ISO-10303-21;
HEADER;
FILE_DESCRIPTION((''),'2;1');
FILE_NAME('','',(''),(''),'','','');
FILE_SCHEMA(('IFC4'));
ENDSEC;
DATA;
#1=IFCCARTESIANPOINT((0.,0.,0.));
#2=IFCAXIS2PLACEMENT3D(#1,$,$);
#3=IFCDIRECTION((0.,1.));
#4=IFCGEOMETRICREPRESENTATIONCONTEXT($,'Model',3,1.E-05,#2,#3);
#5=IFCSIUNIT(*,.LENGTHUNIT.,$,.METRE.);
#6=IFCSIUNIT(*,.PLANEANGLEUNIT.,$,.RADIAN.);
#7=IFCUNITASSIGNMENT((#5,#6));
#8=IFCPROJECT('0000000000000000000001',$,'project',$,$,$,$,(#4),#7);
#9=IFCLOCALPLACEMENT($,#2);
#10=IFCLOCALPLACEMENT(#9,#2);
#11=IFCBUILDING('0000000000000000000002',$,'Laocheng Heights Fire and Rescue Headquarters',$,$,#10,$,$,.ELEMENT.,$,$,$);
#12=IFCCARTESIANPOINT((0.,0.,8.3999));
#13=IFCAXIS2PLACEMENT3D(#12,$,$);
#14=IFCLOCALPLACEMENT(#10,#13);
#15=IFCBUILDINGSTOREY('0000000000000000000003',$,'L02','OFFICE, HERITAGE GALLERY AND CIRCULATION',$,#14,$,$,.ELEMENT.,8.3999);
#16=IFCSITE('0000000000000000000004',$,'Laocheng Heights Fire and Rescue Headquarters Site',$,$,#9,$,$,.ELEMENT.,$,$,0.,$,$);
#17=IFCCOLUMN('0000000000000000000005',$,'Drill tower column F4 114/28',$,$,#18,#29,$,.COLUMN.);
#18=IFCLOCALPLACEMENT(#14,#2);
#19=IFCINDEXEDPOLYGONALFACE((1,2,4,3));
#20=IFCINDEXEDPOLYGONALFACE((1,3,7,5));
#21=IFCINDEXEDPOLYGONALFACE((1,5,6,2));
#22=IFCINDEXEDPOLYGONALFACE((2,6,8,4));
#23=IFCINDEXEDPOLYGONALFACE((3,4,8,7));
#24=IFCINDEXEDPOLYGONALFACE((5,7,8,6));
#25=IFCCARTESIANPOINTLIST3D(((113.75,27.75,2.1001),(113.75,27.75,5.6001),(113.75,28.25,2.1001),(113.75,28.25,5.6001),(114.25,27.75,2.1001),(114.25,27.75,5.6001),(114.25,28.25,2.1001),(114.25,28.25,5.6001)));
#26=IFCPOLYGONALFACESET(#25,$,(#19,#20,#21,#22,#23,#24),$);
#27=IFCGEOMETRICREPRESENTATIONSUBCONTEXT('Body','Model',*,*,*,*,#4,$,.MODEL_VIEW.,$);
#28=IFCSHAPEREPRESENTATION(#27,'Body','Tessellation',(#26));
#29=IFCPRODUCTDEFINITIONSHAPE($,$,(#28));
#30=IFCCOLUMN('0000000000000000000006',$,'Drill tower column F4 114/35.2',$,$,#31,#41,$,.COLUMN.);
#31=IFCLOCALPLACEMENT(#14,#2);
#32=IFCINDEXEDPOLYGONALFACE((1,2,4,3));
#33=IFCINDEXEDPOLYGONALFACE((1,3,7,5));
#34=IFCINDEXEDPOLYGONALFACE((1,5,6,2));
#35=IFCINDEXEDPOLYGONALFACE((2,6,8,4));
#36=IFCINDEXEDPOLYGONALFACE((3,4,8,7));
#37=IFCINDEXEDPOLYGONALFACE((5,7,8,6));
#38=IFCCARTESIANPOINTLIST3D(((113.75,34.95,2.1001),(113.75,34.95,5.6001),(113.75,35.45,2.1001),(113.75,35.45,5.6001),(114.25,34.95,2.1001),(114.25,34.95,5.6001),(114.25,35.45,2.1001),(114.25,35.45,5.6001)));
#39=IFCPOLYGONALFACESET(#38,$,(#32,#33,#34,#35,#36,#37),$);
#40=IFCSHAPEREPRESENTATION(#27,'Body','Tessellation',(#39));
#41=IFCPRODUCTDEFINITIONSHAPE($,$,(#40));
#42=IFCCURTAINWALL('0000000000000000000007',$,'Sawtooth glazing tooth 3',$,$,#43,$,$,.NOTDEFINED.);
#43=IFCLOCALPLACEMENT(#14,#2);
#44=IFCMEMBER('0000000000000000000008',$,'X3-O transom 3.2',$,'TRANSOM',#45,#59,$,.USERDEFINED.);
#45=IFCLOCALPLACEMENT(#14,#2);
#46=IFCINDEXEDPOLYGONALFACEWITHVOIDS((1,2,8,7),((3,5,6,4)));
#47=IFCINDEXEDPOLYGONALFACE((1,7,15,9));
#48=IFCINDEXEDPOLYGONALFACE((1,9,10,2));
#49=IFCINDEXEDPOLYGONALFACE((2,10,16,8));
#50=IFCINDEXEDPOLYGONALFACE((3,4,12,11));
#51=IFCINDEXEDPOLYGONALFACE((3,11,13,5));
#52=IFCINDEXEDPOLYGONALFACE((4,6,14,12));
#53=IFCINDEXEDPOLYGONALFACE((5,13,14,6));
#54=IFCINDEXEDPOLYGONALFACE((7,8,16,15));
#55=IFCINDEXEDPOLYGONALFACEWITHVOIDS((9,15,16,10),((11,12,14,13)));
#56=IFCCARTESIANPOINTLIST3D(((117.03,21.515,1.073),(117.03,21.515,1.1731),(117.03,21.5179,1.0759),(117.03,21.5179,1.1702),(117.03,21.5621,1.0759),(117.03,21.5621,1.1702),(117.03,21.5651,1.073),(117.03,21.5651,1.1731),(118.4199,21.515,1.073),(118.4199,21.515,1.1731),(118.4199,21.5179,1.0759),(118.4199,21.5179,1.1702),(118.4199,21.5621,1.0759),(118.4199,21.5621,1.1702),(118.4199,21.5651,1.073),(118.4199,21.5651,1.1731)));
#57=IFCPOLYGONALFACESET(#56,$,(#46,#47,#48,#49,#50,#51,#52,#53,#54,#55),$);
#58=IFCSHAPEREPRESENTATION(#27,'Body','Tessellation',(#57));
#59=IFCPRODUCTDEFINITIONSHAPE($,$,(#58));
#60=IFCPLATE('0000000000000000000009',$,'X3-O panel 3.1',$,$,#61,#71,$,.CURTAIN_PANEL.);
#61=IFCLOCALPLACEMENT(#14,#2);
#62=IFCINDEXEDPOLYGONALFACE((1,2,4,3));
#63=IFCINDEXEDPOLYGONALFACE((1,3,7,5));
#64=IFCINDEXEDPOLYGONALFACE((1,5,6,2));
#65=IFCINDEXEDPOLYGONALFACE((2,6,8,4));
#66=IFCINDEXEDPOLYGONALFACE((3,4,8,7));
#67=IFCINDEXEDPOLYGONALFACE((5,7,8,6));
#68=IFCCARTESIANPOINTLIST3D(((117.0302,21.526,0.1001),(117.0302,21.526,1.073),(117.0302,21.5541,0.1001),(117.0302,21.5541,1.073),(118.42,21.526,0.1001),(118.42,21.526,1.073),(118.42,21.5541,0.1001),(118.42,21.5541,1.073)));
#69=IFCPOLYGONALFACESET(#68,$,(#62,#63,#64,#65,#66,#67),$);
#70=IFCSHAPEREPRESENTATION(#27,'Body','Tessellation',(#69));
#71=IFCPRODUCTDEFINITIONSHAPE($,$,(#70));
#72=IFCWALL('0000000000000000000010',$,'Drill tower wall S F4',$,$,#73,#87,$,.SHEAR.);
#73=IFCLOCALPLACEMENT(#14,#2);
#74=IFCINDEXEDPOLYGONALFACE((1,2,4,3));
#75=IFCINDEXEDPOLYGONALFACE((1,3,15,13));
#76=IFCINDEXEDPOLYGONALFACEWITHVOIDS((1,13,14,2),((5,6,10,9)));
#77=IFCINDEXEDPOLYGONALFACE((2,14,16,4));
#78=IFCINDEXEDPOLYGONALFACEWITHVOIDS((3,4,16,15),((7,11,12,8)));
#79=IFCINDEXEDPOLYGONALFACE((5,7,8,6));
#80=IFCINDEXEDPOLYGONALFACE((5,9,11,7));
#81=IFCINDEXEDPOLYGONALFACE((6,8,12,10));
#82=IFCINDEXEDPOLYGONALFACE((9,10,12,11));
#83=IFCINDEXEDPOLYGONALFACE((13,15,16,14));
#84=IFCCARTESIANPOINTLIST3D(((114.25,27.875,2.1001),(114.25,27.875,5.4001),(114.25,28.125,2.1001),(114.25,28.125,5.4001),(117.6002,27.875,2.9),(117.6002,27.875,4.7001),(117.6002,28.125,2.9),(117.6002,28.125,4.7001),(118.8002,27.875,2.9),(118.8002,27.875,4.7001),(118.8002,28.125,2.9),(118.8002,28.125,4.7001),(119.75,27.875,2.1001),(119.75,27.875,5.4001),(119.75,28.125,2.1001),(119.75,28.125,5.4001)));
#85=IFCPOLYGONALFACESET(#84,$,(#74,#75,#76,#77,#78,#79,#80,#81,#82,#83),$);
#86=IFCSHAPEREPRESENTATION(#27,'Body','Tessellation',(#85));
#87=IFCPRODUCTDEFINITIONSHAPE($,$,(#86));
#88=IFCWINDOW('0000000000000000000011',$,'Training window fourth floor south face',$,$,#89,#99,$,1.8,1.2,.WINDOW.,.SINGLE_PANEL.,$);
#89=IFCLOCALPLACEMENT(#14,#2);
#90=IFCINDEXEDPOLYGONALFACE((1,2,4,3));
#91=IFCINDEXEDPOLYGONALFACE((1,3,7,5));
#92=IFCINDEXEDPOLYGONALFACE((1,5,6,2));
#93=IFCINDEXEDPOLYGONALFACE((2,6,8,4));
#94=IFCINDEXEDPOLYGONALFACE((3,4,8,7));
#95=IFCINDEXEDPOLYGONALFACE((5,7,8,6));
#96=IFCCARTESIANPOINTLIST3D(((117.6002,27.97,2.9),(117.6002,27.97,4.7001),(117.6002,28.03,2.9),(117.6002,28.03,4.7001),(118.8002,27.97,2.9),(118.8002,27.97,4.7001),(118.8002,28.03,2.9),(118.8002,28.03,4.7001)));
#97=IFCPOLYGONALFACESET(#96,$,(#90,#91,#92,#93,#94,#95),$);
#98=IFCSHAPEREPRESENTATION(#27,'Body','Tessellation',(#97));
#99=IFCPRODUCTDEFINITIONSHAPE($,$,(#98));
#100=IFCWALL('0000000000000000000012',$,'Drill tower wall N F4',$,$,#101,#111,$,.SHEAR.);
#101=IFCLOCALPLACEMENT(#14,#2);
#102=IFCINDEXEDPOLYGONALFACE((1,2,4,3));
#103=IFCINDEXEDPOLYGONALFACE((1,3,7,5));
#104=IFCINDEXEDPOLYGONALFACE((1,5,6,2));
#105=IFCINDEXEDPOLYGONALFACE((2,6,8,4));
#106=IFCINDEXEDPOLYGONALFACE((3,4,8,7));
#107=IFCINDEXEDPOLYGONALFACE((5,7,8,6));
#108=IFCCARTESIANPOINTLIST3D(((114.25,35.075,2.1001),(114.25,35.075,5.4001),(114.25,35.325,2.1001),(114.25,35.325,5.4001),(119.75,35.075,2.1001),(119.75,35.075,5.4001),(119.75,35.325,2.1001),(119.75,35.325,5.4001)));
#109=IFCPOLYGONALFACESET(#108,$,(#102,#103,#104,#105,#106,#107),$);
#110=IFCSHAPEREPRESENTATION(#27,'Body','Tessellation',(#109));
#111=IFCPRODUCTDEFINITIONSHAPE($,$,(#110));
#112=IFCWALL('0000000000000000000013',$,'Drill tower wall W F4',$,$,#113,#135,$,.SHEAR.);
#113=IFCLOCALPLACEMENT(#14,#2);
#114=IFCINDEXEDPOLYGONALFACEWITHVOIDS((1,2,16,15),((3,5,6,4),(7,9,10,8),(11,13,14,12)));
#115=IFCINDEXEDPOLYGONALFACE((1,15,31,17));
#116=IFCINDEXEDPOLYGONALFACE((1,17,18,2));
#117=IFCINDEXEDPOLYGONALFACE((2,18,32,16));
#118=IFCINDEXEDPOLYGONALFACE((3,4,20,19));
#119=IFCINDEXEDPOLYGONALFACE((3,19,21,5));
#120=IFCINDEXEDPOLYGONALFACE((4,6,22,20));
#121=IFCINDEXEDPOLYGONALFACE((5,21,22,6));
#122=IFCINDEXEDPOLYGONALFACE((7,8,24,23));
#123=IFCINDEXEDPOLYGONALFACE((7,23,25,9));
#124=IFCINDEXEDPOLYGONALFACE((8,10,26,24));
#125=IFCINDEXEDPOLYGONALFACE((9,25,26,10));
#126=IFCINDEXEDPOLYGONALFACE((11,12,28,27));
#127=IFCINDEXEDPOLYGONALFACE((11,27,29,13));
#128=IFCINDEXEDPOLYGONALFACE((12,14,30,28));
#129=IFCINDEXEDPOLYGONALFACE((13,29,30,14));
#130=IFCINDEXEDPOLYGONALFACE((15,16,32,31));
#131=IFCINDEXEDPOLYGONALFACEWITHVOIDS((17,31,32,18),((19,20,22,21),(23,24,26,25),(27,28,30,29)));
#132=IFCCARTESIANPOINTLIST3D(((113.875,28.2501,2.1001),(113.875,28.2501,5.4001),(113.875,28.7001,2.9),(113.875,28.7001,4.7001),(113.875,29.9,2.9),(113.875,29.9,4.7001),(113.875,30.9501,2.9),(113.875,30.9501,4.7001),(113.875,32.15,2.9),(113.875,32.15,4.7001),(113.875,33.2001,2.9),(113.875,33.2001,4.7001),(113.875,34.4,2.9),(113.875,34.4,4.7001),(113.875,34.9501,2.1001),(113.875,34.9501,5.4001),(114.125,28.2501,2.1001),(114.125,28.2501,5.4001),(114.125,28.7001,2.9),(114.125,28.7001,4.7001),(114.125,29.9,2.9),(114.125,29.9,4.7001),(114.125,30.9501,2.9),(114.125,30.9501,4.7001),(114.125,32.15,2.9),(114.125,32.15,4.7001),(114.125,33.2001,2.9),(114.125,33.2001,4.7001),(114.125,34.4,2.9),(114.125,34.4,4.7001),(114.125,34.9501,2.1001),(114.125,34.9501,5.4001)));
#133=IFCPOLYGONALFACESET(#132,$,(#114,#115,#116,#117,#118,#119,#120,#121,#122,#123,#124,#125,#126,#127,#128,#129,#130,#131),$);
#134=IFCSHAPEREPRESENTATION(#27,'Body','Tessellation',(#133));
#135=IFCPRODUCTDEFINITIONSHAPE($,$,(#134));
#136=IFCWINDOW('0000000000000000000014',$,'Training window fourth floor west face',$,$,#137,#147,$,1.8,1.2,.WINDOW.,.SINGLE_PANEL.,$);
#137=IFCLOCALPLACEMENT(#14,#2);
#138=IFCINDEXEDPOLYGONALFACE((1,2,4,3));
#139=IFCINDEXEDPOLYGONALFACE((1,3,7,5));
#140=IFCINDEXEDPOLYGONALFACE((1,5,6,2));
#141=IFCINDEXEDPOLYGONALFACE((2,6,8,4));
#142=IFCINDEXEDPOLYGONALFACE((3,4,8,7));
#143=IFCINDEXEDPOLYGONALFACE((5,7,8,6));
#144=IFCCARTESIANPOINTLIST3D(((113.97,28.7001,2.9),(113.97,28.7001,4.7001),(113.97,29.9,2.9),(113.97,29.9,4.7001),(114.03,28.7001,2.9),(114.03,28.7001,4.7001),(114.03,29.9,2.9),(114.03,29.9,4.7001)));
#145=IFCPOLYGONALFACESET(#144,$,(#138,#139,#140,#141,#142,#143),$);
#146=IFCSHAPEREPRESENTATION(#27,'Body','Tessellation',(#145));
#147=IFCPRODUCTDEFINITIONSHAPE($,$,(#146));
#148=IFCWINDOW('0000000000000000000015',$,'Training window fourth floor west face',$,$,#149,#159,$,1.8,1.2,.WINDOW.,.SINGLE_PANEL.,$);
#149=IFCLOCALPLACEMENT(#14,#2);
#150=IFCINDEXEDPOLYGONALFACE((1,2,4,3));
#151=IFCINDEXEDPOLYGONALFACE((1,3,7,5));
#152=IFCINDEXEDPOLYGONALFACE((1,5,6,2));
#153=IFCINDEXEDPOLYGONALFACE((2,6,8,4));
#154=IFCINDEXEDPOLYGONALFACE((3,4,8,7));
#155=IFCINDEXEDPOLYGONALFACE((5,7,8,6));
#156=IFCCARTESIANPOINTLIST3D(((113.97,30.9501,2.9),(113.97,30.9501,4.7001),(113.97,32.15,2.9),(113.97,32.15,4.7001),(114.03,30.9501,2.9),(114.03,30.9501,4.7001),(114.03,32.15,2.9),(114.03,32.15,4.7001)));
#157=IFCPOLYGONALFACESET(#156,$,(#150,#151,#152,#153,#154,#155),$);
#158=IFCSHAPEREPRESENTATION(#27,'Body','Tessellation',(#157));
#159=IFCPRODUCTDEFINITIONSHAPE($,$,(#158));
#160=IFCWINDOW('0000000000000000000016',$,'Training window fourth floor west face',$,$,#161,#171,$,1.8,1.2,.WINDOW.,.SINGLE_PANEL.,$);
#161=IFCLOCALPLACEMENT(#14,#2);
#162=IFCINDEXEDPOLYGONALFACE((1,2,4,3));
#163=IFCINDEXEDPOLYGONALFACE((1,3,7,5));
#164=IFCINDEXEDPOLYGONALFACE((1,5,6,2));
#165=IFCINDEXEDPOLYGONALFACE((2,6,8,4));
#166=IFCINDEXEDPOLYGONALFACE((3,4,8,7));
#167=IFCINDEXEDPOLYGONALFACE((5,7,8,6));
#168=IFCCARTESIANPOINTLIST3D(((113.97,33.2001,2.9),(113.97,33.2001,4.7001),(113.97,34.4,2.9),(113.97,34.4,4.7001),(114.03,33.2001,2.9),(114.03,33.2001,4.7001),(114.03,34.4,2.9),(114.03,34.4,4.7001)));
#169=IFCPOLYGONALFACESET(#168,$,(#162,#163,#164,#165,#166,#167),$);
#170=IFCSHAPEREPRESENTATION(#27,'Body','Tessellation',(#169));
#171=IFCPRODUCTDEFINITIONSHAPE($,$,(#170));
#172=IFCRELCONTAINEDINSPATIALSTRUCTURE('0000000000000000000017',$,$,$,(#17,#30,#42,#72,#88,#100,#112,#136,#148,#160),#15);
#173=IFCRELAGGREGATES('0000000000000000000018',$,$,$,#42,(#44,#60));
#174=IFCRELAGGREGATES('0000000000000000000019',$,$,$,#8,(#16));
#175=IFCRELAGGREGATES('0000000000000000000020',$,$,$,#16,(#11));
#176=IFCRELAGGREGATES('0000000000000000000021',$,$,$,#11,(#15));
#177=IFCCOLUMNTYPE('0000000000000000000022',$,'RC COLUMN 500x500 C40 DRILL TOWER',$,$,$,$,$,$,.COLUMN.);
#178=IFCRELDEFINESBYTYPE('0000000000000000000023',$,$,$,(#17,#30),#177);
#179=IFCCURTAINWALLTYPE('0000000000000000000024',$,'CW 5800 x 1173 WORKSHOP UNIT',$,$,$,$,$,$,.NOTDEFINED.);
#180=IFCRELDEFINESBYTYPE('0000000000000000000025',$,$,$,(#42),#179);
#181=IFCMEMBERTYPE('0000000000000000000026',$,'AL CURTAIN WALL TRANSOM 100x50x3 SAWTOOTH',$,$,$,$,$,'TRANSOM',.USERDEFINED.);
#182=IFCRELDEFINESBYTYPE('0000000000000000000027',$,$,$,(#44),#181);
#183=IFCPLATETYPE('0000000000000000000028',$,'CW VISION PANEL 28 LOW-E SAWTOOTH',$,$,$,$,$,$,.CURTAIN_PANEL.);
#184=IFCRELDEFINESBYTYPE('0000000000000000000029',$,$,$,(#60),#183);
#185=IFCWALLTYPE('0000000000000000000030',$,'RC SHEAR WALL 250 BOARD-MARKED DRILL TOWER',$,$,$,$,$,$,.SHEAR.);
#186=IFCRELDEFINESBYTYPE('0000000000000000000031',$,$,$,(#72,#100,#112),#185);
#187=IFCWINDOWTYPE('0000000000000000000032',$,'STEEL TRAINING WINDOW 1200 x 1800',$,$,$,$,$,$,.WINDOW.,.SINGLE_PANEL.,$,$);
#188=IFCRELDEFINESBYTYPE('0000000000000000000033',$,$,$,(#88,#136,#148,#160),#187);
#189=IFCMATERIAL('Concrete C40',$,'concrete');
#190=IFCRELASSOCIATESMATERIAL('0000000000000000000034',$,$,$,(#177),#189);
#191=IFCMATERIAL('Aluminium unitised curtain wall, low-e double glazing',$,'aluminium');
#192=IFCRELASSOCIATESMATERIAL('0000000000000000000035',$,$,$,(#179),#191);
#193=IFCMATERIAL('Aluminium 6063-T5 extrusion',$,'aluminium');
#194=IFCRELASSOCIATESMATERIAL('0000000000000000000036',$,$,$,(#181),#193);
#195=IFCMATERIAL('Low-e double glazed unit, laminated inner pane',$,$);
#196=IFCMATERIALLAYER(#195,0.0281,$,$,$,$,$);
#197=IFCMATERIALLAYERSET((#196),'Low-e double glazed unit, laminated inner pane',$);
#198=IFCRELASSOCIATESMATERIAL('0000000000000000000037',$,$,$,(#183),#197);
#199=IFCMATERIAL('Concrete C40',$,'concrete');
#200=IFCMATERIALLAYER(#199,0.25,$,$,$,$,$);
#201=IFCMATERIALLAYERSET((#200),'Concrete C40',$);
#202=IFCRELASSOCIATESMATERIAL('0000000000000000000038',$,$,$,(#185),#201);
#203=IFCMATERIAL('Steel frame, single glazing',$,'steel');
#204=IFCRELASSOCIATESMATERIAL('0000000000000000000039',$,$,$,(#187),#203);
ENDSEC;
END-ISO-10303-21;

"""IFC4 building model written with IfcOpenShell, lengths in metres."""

from ifc_helpers import new_model, si_unit, direction, frame, frame_2d, origin, origin_2d, place, context, subcontext, project, spatial, rectangle, hollow_rectangle, extrude, material, layer, layer_set, material_profile, profile_set, type_object, element, fill, aggregate, save


model = new_model("IFC4")

# Units and contexts
model_context = context("Model", 3, precision=1e-05, world=origin(), true_north=direction((0.0, 1.0)))
body_context = subcontext(model_context, "Body", "Model", "MODEL_VIEW")
ifc_project = project(units=[si_unit("LENGTHUNIT", "METRE"), si_unit("PLANEANGLEUNIT", "RADIAN")], contexts=[model_context])

# Site, building, storey
site_placement = place(None, origin())
site = spatial("IfcSite", under=ifc_project, at=site_placement, Name="Laocheng Heights Fire and Rescue Headquarters Site", CompositionType="ELEMENT", RefElevation=0.0)
building_placement = place(site_placement, origin())
building = spatial("IfcBuilding", under=site, at=building_placement, Name="Laocheng Heights Fire and Rescue Headquarters", CompositionType="ELEMENT")
storey_placement = place(building_placement, frame((0.0, 0.0, 8.3999)))
storey = spatial("IfcBuildingStorey", under=building, at=storey_placement, Name="L02", Description="OFFICE, HERITAGE GALLERY AND CIRCULATION", CompositionType="ELEMENT", Elevation=8.3999)

# Columns
ifc_material_1 = material(Name="Concrete C40", Category="concrete")
ifc_material_profile_1 = material_profile(ifc_material_1, rectangle(XDim=0.5, YDim=0.5, at=origin_2d()), Name="RC COLUMN 500x500 C40 DRILL TOWER")
ifc_profile_set_1 = profile_set([ifc_material_profile_1], Name="Concrete C40")
column_type = type_object("IfcColumnType", Name="RC COLUMN 500x500 C40 DRILL TOWER", PredefinedType="COLUMN", material=ifc_profile_set_1)
for number, where, z_axis, x_axis, name in (
    (1, (114.0, 28.0, 2.1001), (0.0, 0.0, 1.0), (1.0, 0.0, 0.0), "Drill tower column F4 114/28"),
    (2, (114.0, 35.2, 2.1001), (0.0, 0.0, 1.0), (1.0, 0.0, 0.0), "Drill tower column F4 114/35.2"),
):
    element("IfcColumn", number, at=place(storey_placement, frame(where, z_axis=z_axis, x_axis=x_axis)), inside=storey, type_object=column_type, Name=name, PredefinedType="COLUMN", context=body_context, shape_type="SweptSolid", body=[
        extrude(rectangle(XDim=0.5, YDim=0.5, at=origin_2d()), origin(), (0.0, 0.0, 1.0), 3.5),
    ])

# Curtain wall, member, plate
ifc_material_2 = material(Name="Aluminium unitised curtain wall, low-e double glazing", Category="aluminium")
curtain_wall_type = type_object("IfcCurtainWallType", Name="CW 5800 x 1173 WORKSHOP UNIT", PredefinedType="NOTDEFINED", material=ifc_material_2)
curtain_wall_placement = place(storey_placement, origin())
curtain_wall = element("IfcCurtainWall", 3, at=curtain_wall_placement, inside=storey, type_object=curtain_wall_type, Name="Sawtooth glazing tooth 3", PredefinedType="NOTDEFINED")
ifc_material_3 = material(Name="Aluminium 6063-T5 extrusion", Category="aluminium")
ifc_material_profile_2 = material_profile(ifc_material_3, hollow_rectangle(XDim=0.05, YDim=0.1001, WallThickness=0.0029, at=origin_2d()), Name="AL TRANSOM 100x50x3")
ifc_profile_set_2 = profile_set([ifc_material_profile_2], Name="Aluminium 6063-T5 extrusion")
member_type = type_object("IfcMemberType", Name="AL CURTAIN WALL TRANSOM 100x50x3 SAWTOOTH", ElementType="TRANSOM", PredefinedType="USERDEFINED", material=ifc_profile_set_2)
member_placement = place(storey_placement, frame((117.03, 21.54, 1.123), z_axis=(1.0, 0.0, 0.0), x_axis=(0.0, 1.0, 0.0)))
member = element("IfcMember", 4, at=member_placement, type_object=member_type, Name="X3-O transom 3.2", ObjectType="TRANSOM", PredefinedType="USERDEFINED", context=body_context, shape_type="SweptSolid", body=[
    extrude(hollow_rectangle(XDim=0.05, YDim=0.1001, WallThickness=0.0029, at=origin_2d()), origin(), (0.0, 0.0, 1.0), 1.3899),
])
ifc_material_4 = material(Name="Low-e double glazed unit, laminated inner pane")
ifc_layer_1 = layer(ifc_material_4, 0.0281)
ifc_layer_set_1 = layer_set([ifc_layer_1], Name="Low-e double glazed unit, laminated inner pane")
plate_type = type_object("IfcPlateType", Name="CW VISION PANEL 28 LOW-E SAWTOOTH", PredefinedType="CURTAIN_PANEL", material=ifc_layer_set_1)
plate_placement = place(storey_placement, frame((117.7251, 21.54, 0.1001), z_axis=(0.0, 0.0, 1.0), x_axis=(1.0, 0.0, 0.0)))
plate = element("IfcPlate", 5, at=plate_placement, type_object=plate_type, Name="X3-O panel 3.1", PredefinedType="CURTAIN_PANEL", context=body_context, shape_type="SweptSolid", body=[
    extrude(rectangle(XDim=1.3899, YDim=0.0281, at=origin_2d()), origin(), (0.0, 0.0, 1.0), 0.9729),
])
aggregate(curtain_wall, [member, plate])

# Wall, opening, window
ifc_material_5 = material(Name="Concrete C40", Category="concrete")
ifc_layer_2 = layer(ifc_material_5, 0.25)
ifc_layer_set_2 = layer_set([ifc_layer_2], Name="Concrete C40")
wall_type_1 = type_object("IfcWallType", Name="RC SHEAR WALL 250 BOARD-MARKED DRILL TOWER", PredefinedType="SHEAR", material=ifc_layer_set_2)
wall_1_placement = place(storey_placement, frame((114.25, 28.0, 2.1001), z_axis=(0.0, 0.0, 1.0), x_axis=(1.0, 0.0, 0.0)))
wall_1 = element("IfcWall", 6, at=wall_1_placement, inside=storey, type_object=wall_type_1, Name="Drill tower wall S F4", PredefinedType="SHEAR", context=body_context, shape_type="SweptSolid", body=[
    extrude(rectangle(XDim=5.5, YDim=0.25, at=frame_2d((2.75, 0.0))), origin(), (0.0, 0.0, 1.0), 3.3),
])
opening_1_placement = place(wall_1_placement, frame((3.3501, 0.0, 0.8)))
opening_1 = element("IfcOpeningElement", 7, at=opening_1_placement, cuts=wall_1, PredefinedType="OPENING", context=body_context, shape_type="SweptSolid", body=[
    extrude(rectangle(XDim=1.2, YDim=1.8, at=frame_2d((0.6001, 0.8999))), frame((0.0, 0.135, 0.0), z_axis=(0.0, -1.0, 0.0), x_axis=(1.0, 0.0, 0.0)), (0.0, 0.0, 1.0), 0.27),
])
ifc_material_6 = material(Name="Steel frame, single glazing", Category="steel")
window_type = type_object("IfcWindowType", Name="STEEL TRAINING WINDOW 1200 x 1800", PartitioningType="SINGLE_PANEL", PredefinedType="WINDOW", material=ifc_material_6)
window_1_placement = place(opening_1_placement, origin())
window_1 = element("IfcWindow", 8, at=window_1_placement, inside=storey, type_object=window_type, Name="Training window fourth floor south face", OverallHeight=1.8, OverallWidth=1.2, PartitioningType="SINGLE_PANEL", PredefinedType="WINDOW", context=body_context, shape_type="SweptSolid", body=[
    extrude(rectangle(XDim=1.2, YDim=1.8, at=frame_2d((0.6001, 0.8999))), frame((0.0, 0.03, 0.0), z_axis=(0.0, -1.0, 0.0), x_axis=(1.0, 0.0, 0.0)), (0.0, 0.0, 1.0), 0.0601),
])
fill(opening_1, window_1)

# Wall
wall_2_placement = place(storey_placement, frame((114.25, 35.2, 2.1001), z_axis=(0.0, 0.0, 1.0), x_axis=(1.0, 0.0, 0.0)))
element("IfcWall", 9, at=wall_2_placement, inside=storey, type_object=wall_type_1, Name="Drill tower wall N F4", PredefinedType="SHEAR", context=body_context, shape_type="SweptSolid", body=[
    extrude(rectangle(XDim=5.5, YDim=0.25, at=frame_2d((2.75, 0.0))), origin(), (0.0, 0.0, 1.0), 3.3),
])

# Wall, openings, windows
wall_3_placement = place(storey_placement, frame((114.0, 28.25, 2.1001), z_axis=(0.0, 0.0, 1.0), x_axis=(0.0, 1.0, 0.0)))
wall_3 = element("IfcWall", 10, at=wall_3_placement, inside=storey, type_object=wall_type_1, Name="Drill tower wall W F4", PredefinedType="SHEAR", context=body_context, shape_type="SweptSolid", body=[
    extrude(rectangle(XDim=6.7, YDim=0.25, at=frame_2d((3.3501, 0.0))), origin(), (0.0, 0.0, 1.0), 3.3),
])
opening_2_placement = place(wall_3_placement, frame((0.45, 0.0, 0.8)))
opening_2 = element("IfcOpeningElement", 11, at=opening_2_placement, cuts=wall_3, PredefinedType="OPENING", context=body_context, shape_type="SweptSolid", body=[
    extrude(rectangle(XDim=1.2, YDim=1.8, at=frame_2d((0.6001, 0.8999))), frame((0.0, 0.135, 0.0), z_axis=(0.0, -1.0, 0.0), x_axis=(1.0, 0.0, 0.0)), (0.0, 0.0, 1.0), 0.27),
])
opening_3_placement = place(wall_3_placement, frame((2.7, 0.0, 0.8)))
opening_3 = element("IfcOpeningElement", 12, at=opening_3_placement, cuts=wall_3, PredefinedType="OPENING", context=body_context, shape_type="SweptSolid", body=[
    extrude(rectangle(XDim=1.2, YDim=1.8, at=frame_2d((0.6001, 0.8999))), frame((0.0, 0.135, 0.0), z_axis=(0.0, -1.0, 0.0), x_axis=(1.0, 0.0, 0.0)), (0.0, 0.0, 1.0), 0.27),
])
opening_4_placement = place(wall_3_placement, frame((4.95, 0.0, 0.8)))
opening_4 = element("IfcOpeningElement", 13, at=opening_4_placement, cuts=wall_3, PredefinedType="OPENING", context=body_context, shape_type="SweptSolid", body=[
    extrude(rectangle(XDim=1.2, YDim=1.8, at=frame_2d((0.6001, 0.8999))), frame((0.0, 0.135, 0.0), z_axis=(0.0, -1.0, 0.0), x_axis=(1.0, 0.0, 0.0)), (0.0, 0.0, 1.0), 0.27),
])
window_2_placement = place(opening_2_placement, origin())
window_2 = element("IfcWindow", 14, at=window_2_placement, inside=storey, type_object=window_type, Name="Training window fourth floor west face", OverallHeight=1.8, OverallWidth=1.2, PartitioningType="SINGLE_PANEL", PredefinedType="WINDOW", context=body_context, shape_type="SweptSolid", body=[
    extrude(rectangle(XDim=1.2, YDim=1.8, at=frame_2d((0.6001, 0.8999))), frame((0.0, 0.03, 0.0), z_axis=(0.0, -1.0, 0.0), x_axis=(1.0, 0.0, 0.0)), (0.0, 0.0, 1.0), 0.0601),
])
fill(opening_2, window_2)
window_3_placement = place(opening_3_placement, origin())
window_3 = element("IfcWindow", 15, at=window_3_placement, inside=storey, type_object=window_type, Name="Training window fourth floor west face", OverallHeight=1.8, OverallWidth=1.2, PartitioningType="SINGLE_PANEL", PredefinedType="WINDOW", context=body_context, shape_type="SweptSolid", body=[
    extrude(rectangle(XDim=1.2, YDim=1.8, at=frame_2d((0.6001, 0.8999))), frame((0.0, 0.03, 0.0), z_axis=(0.0, -1.0, 0.0), x_axis=(1.0, 0.0, 0.0)), (0.0, 0.0, 1.0), 0.0601),
])
fill(opening_3, window_3)
window_4_placement = place(opening_4_placement, origin())
window_4 = element("IfcWindow", 16, at=window_4_placement, inside=storey, type_object=window_type, Name="Training window fourth floor west face", OverallHeight=1.8, OverallWidth=1.2, PartitioningType="SINGLE_PANEL", PredefinedType="WINDOW", context=body_context, shape_type="SweptSolid", body=[
    extrude(rectangle(XDim=1.2, YDim=1.8, at=frame_2d((0.6001, 0.8999))), frame((0.0, 0.03, 0.0), z_axis=(0.0, -1.0, 0.0), x_axis=(1.0, 0.0, 0.0)), (0.0, 0.0, 1.0), 0.0601),
])
fill(opening_4, window_4)

save(model, "model.ifc")
